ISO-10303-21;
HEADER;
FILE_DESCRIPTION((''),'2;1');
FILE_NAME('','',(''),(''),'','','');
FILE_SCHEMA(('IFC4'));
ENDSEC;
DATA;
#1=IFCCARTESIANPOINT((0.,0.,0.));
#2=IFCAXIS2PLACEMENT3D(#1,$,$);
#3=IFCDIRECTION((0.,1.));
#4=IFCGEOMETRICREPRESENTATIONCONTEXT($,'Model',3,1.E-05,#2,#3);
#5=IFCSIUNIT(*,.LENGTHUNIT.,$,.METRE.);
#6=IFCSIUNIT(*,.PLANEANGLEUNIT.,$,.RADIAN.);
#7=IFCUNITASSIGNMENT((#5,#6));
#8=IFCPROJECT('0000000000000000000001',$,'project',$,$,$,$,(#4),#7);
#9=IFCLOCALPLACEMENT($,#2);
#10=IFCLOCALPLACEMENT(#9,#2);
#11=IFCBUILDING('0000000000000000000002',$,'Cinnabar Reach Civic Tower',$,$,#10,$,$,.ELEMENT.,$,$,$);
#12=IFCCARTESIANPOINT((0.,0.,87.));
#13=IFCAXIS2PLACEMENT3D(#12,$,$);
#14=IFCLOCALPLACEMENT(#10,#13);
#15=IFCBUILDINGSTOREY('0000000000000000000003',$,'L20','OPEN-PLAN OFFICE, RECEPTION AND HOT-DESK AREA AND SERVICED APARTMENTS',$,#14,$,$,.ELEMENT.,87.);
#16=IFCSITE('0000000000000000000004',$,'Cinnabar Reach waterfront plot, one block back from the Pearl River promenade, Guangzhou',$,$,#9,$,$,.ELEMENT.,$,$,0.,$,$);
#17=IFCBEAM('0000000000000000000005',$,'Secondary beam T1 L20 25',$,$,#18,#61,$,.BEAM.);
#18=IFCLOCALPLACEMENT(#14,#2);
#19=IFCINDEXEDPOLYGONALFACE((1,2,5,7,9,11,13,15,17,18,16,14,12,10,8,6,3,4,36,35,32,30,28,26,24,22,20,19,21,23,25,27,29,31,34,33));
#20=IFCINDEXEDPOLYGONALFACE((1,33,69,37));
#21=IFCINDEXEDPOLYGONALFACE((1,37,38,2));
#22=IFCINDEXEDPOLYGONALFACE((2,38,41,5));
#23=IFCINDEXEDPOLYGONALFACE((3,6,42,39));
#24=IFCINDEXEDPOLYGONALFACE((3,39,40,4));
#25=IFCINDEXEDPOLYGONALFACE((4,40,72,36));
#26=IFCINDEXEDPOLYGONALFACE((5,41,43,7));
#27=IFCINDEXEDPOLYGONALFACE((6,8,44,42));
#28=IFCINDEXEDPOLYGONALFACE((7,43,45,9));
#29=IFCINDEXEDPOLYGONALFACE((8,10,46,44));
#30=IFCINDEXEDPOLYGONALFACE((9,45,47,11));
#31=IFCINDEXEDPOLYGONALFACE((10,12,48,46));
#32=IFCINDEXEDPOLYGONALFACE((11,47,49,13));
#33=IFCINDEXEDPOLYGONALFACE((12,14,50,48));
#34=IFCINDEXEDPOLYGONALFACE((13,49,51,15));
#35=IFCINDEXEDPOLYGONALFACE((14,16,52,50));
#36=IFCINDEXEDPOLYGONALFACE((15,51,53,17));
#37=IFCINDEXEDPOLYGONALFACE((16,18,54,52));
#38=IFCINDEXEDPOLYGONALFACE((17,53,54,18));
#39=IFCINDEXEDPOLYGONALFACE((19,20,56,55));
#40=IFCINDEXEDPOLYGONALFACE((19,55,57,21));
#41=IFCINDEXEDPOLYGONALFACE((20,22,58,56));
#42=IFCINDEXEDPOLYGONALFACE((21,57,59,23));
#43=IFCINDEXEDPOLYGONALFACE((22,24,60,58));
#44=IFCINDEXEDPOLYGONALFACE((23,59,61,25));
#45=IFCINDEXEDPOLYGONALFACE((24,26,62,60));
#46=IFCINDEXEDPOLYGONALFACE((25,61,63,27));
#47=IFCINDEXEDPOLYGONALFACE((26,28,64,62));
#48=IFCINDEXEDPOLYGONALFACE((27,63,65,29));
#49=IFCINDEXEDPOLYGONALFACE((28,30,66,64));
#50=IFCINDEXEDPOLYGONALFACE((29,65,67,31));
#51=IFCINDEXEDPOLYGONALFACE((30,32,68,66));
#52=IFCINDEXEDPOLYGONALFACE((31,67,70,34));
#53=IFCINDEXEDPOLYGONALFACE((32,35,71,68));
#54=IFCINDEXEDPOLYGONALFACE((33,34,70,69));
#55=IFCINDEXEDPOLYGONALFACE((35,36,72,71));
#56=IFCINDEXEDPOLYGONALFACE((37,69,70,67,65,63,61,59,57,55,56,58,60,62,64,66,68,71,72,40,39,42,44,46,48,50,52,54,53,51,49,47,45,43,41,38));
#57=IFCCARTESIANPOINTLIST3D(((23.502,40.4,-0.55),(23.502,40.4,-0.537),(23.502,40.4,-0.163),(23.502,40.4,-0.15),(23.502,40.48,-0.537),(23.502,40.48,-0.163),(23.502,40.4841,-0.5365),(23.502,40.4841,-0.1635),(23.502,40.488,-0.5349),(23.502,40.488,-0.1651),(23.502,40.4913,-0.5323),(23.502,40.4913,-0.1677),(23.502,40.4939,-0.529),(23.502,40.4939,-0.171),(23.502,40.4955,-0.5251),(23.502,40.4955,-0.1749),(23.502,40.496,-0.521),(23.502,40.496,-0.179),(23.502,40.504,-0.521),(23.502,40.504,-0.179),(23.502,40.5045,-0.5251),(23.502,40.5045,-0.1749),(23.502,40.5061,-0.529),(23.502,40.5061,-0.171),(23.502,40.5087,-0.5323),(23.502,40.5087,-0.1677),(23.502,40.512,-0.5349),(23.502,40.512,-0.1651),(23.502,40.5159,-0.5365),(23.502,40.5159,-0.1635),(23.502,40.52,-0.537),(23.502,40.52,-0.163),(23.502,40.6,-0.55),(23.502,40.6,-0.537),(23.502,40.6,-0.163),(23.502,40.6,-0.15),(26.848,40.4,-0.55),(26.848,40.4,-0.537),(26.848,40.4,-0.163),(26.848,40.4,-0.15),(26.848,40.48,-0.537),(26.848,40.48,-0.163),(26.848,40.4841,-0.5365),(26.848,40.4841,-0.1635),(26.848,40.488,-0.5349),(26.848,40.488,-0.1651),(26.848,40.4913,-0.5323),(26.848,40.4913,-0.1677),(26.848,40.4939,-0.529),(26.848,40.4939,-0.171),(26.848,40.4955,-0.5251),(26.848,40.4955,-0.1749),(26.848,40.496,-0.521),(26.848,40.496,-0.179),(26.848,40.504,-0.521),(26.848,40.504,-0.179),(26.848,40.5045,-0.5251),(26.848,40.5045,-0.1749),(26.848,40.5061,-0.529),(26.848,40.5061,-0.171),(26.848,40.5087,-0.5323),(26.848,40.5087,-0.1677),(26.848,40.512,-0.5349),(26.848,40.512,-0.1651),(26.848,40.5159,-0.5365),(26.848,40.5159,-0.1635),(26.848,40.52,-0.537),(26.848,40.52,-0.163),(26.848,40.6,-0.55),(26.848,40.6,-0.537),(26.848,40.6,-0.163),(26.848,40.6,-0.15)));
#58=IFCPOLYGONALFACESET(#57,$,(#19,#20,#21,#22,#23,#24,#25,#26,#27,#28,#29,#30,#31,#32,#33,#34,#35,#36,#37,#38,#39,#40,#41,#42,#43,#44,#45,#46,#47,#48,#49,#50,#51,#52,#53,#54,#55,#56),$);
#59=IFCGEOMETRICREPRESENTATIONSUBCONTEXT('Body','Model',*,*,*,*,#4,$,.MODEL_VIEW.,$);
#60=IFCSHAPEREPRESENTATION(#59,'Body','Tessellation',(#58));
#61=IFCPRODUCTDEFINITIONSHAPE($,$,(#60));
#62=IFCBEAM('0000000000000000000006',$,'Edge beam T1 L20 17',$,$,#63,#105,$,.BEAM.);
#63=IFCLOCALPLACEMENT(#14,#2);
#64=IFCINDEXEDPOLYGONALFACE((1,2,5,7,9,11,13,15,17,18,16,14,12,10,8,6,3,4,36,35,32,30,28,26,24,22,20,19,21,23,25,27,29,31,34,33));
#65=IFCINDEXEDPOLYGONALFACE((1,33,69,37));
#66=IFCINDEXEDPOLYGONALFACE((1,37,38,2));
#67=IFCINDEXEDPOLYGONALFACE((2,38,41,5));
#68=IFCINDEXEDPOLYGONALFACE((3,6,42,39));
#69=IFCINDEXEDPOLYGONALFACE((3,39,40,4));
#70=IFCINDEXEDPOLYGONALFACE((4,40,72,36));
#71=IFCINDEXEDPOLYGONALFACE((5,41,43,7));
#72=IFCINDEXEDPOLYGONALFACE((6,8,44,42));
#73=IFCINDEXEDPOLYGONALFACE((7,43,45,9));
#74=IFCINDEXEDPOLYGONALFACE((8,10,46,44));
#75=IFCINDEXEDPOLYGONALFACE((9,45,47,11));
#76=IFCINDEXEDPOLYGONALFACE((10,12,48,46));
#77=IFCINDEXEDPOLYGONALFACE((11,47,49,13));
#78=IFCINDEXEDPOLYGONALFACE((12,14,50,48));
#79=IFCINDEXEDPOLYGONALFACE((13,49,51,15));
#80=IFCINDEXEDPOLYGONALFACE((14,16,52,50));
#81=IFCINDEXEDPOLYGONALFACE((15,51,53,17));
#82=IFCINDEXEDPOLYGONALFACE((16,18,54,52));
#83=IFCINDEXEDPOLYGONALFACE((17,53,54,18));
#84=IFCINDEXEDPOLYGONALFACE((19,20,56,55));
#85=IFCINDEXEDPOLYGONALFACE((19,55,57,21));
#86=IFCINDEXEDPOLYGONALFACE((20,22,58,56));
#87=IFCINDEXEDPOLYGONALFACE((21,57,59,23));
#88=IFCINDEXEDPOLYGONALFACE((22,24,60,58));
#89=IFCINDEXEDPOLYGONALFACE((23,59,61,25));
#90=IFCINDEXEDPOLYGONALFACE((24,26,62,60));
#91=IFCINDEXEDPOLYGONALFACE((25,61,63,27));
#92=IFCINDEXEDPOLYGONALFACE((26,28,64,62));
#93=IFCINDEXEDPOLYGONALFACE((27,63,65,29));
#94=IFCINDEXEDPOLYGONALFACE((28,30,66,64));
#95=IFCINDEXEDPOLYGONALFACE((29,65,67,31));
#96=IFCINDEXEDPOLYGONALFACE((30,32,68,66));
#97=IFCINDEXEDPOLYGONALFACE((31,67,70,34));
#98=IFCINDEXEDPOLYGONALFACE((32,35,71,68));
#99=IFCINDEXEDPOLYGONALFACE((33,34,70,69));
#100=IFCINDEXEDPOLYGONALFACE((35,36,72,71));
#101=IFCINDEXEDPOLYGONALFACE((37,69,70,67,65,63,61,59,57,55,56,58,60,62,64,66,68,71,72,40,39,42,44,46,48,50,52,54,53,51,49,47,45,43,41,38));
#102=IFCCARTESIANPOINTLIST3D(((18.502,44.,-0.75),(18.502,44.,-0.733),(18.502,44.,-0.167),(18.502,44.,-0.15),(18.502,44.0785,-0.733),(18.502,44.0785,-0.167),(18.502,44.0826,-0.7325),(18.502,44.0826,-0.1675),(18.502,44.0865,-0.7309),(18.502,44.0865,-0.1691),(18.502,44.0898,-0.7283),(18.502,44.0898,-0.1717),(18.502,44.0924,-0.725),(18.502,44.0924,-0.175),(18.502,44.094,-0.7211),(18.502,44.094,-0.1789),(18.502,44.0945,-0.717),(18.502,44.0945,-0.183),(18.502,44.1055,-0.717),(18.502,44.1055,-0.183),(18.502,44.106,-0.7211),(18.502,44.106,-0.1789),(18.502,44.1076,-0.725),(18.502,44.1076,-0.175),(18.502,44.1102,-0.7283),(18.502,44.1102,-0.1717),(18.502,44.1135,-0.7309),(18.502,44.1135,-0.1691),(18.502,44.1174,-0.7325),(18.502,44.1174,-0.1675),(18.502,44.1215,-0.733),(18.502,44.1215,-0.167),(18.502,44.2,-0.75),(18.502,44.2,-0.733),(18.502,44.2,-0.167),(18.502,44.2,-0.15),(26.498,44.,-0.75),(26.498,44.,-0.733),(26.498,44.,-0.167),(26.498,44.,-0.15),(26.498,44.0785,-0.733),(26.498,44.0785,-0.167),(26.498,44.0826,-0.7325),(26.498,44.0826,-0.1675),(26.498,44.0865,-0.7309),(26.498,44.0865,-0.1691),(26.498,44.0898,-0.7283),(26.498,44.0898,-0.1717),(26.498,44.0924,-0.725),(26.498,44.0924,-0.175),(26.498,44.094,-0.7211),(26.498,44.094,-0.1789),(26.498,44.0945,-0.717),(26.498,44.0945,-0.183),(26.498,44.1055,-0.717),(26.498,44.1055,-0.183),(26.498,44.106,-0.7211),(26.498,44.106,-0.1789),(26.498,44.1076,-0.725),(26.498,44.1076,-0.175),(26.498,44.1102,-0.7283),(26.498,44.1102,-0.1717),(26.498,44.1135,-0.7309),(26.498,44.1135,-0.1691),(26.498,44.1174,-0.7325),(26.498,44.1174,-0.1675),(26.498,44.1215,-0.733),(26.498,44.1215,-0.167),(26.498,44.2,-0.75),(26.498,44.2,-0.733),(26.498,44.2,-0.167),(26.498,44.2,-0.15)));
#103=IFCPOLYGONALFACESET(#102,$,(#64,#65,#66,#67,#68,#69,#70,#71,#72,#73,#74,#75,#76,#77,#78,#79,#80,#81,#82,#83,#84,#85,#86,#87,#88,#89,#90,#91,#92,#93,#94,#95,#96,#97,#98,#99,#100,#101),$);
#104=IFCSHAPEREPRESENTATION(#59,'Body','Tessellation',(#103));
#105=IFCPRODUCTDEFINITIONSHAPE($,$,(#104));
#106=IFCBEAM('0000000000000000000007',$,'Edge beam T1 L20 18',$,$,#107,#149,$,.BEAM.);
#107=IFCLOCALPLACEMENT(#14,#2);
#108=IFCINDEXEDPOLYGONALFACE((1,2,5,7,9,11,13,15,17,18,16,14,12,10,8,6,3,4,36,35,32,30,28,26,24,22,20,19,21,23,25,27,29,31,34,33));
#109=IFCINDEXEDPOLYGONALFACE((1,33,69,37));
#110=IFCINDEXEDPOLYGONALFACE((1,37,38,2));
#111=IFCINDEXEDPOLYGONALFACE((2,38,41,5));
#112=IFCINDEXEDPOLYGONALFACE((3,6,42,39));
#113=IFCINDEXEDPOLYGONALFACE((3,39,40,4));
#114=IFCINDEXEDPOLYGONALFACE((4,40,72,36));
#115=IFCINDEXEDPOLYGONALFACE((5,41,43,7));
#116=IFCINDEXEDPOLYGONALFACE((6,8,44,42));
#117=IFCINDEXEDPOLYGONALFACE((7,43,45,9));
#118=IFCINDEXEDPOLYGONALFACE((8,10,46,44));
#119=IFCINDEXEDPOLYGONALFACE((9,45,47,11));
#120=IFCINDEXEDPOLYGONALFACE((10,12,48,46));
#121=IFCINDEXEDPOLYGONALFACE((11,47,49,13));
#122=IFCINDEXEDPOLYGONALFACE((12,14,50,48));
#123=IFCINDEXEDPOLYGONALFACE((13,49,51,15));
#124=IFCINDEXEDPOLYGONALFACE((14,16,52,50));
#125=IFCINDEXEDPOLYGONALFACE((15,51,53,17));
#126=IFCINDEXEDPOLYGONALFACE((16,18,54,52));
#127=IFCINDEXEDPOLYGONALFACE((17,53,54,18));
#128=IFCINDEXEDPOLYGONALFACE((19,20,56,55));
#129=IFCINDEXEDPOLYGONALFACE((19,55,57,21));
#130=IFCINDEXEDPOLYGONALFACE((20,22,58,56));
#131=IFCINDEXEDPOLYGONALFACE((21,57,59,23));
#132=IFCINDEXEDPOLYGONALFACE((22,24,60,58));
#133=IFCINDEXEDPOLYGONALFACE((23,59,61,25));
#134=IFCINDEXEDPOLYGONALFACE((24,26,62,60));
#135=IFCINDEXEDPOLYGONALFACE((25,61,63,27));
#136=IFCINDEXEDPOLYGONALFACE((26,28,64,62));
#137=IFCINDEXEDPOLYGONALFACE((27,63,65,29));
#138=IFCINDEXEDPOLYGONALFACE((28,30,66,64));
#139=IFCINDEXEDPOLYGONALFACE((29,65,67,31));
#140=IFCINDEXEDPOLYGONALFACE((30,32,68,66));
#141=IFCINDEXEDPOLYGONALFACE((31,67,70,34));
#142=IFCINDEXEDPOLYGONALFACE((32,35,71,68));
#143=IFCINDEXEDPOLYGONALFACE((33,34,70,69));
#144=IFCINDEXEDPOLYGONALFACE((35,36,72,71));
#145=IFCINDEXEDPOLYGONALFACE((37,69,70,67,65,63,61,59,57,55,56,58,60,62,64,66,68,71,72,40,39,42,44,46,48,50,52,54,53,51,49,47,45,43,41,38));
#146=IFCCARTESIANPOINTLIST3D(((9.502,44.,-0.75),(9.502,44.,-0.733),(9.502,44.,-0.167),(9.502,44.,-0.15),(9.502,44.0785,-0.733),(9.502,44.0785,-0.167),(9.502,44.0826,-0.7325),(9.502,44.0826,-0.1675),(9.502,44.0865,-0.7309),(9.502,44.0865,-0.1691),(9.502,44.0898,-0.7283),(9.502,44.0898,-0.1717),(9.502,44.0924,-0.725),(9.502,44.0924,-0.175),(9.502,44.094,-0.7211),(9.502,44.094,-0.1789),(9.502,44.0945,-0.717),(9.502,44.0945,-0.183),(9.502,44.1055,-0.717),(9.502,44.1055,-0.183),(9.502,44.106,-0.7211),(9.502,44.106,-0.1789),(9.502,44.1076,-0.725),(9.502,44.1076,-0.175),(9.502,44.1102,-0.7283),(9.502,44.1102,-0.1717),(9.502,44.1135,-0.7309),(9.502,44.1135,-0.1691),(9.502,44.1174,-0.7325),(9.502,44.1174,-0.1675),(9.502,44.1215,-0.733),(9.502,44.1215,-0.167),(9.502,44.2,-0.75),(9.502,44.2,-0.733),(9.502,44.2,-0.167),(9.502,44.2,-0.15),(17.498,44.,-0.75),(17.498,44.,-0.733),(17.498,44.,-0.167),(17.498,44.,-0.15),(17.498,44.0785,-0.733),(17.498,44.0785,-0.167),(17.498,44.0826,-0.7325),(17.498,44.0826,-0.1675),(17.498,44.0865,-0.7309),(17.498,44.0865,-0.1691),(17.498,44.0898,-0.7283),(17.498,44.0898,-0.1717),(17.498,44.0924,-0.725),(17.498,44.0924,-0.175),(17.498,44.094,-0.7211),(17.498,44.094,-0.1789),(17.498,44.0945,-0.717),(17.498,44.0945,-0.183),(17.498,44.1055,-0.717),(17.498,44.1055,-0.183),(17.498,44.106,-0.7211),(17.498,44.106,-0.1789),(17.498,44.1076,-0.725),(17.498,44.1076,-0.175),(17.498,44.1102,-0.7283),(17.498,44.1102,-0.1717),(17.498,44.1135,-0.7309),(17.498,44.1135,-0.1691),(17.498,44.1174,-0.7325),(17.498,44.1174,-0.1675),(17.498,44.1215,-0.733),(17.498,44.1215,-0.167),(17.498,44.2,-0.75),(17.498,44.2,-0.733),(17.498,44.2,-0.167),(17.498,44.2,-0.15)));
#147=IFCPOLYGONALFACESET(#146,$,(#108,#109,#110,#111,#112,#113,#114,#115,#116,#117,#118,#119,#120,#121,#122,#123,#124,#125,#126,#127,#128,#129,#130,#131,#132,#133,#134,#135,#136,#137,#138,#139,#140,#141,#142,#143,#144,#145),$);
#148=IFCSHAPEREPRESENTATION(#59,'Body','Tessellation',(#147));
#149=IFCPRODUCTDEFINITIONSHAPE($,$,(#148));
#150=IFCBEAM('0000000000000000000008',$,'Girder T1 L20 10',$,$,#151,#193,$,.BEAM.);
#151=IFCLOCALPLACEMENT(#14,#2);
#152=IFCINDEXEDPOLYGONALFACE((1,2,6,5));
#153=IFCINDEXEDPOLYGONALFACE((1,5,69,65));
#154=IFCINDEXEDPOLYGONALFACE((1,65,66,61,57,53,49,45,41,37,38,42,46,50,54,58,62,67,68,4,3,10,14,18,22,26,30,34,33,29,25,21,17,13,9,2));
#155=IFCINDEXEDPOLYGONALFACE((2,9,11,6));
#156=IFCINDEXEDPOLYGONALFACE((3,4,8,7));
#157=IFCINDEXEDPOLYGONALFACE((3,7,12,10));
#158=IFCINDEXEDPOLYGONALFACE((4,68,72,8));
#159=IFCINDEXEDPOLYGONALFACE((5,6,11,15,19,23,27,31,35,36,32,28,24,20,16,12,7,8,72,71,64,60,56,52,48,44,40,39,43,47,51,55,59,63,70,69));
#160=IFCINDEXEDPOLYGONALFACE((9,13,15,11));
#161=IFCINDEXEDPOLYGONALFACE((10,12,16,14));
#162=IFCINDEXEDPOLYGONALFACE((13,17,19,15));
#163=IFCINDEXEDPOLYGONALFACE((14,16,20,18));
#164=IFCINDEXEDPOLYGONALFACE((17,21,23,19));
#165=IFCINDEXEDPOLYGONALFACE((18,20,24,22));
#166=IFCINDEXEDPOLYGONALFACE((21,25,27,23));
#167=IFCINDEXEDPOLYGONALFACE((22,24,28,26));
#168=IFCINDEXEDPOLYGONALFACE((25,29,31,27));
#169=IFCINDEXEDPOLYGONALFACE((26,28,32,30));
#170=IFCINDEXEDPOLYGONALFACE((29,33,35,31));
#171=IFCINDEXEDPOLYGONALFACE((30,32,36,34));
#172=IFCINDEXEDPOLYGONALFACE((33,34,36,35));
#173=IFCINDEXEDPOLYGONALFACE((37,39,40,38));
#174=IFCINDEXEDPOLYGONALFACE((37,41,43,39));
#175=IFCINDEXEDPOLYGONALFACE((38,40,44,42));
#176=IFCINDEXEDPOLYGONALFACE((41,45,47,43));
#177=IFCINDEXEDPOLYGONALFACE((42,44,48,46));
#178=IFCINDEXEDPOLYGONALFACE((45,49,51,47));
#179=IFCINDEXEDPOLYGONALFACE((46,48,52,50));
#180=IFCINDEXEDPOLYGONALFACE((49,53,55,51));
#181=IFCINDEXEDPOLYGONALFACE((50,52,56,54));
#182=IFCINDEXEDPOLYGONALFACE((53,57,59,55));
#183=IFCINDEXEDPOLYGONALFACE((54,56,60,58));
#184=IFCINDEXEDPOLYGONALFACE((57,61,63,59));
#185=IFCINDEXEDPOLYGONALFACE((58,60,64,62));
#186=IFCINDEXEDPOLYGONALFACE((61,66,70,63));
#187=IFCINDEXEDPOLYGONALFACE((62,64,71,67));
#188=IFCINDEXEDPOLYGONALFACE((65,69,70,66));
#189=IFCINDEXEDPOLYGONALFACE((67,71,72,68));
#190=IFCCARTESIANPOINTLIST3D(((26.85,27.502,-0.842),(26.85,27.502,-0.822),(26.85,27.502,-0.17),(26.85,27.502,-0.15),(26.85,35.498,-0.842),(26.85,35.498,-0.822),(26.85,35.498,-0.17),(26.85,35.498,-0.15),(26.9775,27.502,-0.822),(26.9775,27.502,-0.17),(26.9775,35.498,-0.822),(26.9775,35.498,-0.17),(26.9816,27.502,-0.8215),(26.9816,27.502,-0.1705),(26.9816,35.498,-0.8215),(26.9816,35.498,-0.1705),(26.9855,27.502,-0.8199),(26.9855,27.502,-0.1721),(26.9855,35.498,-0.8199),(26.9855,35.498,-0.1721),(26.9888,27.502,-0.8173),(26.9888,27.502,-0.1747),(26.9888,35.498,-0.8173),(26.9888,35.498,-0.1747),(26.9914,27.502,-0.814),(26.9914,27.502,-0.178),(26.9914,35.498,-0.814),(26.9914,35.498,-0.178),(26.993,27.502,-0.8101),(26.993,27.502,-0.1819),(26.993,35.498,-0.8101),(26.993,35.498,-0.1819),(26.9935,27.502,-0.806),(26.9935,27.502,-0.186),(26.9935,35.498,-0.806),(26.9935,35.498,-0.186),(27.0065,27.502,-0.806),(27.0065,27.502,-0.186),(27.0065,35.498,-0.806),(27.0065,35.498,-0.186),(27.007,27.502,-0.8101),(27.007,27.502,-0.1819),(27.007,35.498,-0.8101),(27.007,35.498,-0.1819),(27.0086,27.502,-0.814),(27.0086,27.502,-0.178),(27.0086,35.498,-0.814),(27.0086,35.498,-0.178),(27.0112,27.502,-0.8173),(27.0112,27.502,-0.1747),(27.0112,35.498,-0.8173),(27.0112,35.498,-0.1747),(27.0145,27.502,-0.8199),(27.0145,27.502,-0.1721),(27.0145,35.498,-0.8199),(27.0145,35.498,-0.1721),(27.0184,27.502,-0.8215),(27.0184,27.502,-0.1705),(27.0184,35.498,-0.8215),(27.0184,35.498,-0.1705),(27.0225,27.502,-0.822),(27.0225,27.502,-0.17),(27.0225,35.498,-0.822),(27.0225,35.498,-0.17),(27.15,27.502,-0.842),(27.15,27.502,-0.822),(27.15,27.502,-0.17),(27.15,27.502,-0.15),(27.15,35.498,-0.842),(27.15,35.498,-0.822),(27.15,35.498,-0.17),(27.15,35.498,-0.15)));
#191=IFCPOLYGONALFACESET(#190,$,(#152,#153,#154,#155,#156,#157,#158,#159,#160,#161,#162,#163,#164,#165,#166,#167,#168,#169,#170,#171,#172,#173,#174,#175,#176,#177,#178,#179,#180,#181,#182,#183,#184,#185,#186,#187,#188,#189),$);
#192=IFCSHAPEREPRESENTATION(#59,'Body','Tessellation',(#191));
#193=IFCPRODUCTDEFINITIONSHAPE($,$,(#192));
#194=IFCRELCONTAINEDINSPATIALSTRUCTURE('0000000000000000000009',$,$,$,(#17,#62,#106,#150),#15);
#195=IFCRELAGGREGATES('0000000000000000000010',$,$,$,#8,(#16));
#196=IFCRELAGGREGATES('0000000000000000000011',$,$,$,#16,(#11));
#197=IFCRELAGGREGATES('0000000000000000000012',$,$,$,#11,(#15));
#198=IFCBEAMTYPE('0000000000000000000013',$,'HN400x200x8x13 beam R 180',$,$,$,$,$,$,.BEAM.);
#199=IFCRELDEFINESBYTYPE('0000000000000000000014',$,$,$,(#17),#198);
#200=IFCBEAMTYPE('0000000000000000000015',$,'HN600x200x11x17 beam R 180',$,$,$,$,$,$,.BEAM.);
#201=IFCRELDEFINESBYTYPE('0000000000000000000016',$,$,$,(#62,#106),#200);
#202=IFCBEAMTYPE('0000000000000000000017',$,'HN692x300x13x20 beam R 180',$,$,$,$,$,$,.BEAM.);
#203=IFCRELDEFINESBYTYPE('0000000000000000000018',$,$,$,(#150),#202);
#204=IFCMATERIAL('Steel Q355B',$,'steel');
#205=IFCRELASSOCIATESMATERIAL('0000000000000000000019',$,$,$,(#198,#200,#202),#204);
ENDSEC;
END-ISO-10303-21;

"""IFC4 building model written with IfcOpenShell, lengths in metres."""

from ifc_helpers import new_model, si_unit, direction, frame, origin, origin_2d, place, context, subcontext, project, spatial, i_section, extrude, material, material_profile, profile_set, type_object, element, save


model = new_model("IFC4")

# Units and contexts
model_context = context("Model", 3, precision=1e-05, world=origin(), true_north=direction((0.0, 1.0)))
body_context = subcontext(model_context, "Body", "Model", "MODEL_VIEW")
ifc_project = project(units=[si_unit("LENGTHUNIT", "METRE"), si_unit("PLANEANGLEUNIT", "RADIAN")], contexts=[model_context])

# Site, building, storey
site_placement = place(None, origin())
site = spatial("IfcSite", under=ifc_project, at=site_placement, Name="Cinnabar Reach waterfront plot, one block back from the Pearl River promenade, Guangzhou", CompositionType="ELEMENT", RefElevation=0.0)
building_placement = place(site_placement, origin())
building = spatial("IfcBuilding", under=site, at=building_placement, Name="Cinnabar Reach Civic Tower", CompositionType="ELEMENT")
storey_placement = place(building_placement, frame((0.0, 0.0, 87.0)))
storey = spatial("IfcBuildingStorey", under=building, at=storey_placement, Name="L20", Description="OPEN-PLAN OFFICE, RECEPTION AND HOT-DESK AREA AND SERVICED APARTMENTS", CompositionType="ELEMENT", Elevation=87.0)

# Beams
ifc_material_1 = material(Name="Steel Q355B", Category="steel")
ifc_material_profile_1 = material_profile(ifc_material_1, i_section(OverallWidth=0.2, OverallDepth=0.4, WebThickness=0.008, FlangeThickness=0.013, FilletRadius=0.016, at=origin_2d()), Name="HN400x200x8x13")
ifc_profile_set_1 = profile_set([ifc_material_profile_1], Name="Steel Q355B")
beam_type_1 = type_object("IfcBeamType", Name="HN400x200x8x13 beam R 180", PredefinedType="BEAM", material=ifc_profile_set_1)
for number, where, z_axis, x_axis, name in (
    (1, (23.502, 40.5, -0.35), (1.0, 0.0, 0.0), (0.0, 1.0, 0.0), "Secondary beam T1 L20 25"),
):
    element("IfcBeam", number, at=place(storey_placement, frame(where, z_axis=z_axis, x_axis=x_axis)), inside=storey, type_object=beam_type_1, Name=name, PredefinedType="BEAM", context=body_context, shape_type="SweptSolid", body=[
        extrude(i_section(OverallWidth=0.2, OverallDepth=0.4, WebThickness=0.008, FlangeThickness=0.013, FilletRadius=0.016, at=origin_2d()), origin(), (0.0, 0.0, 1.0), 3.346),
    ])
ifc_material_profile_2 = material_profile(ifc_material_1, i_section(OverallWidth=0.2, OverallDepth=0.6, WebThickness=0.011, FlangeThickness=0.017, FilletRadius=0.016, at=origin_2d()), Name="HN600x200x11x17")
ifc_profile_set_2 = profile_set([ifc_material_profile_2], Name="Steel Q355B")
beam_type_2 = type_object("IfcBeamType", Name="HN600x200x11x17 beam R 180", PredefinedType="BEAM", material=ifc_profile_set_2)
for number, where, z_axis, x_axis, name in (
    (2, (26.498, 44.1, -0.45), (-1.0, 0.0, 0.0), (0.0, -1.0, 0.0), "Edge beam T1 L20 17"),
    (3, (17.498, 44.1, -0.45), (-1.0, 0.0, 0.0), (0.0, -1.0, 0.0), "Edge beam T1 L20 18"),
):
    element("IfcBeam", number, at=place(storey_placement, frame(where, z_axis=z_axis, x_axis=x_axis)), inside=storey, type_object=beam_type_2, Name=name, PredefinedType="BEAM", context=body_context, shape_type="SweptSolid", body=[
        extrude(i_section(OverallWidth=0.2, OverallDepth=0.6, WebThickness=0.011, FlangeThickness=0.017, FilletRadius=0.016, at=origin_2d()), origin(), (0.0, 0.0, 1.0), 7.996),
    ])
ifc_material_profile_3 = material_profile(ifc_material_1, i_section(OverallWidth=0.3, OverallDepth=0.692, WebThickness=0.013, FlangeThickness=0.02, FilletRadius=0.016, at=origin_2d()), Name="HN692x300x13x20")
ifc_profile_set_3 = profile_set([ifc_material_profile_3], Name="Steel Q355B")
beam_type_3 = type_object("IfcBeamType", Name="HN692x300x13x20 beam R 180", PredefinedType="BEAM", material=ifc_profile_set_3)
beam_placement = place(storey_placement, frame((27.0, 27.502, -0.496), z_axis=(0.0, 1.0, 0.0), x_axis=(-1.0, 0.0, 0.0)))
element("IfcBeam", 4, at=beam_placement, inside=storey, type_object=beam_type_3, Name="Girder T1 L20 10", PredefinedType="BEAM", context=body_context, shape_type="SweptSolid", body=[
    extrude(i_section(OverallWidth=0.3, OverallDepth=0.692, WebThickness=0.013, FlangeThickness=0.02, FilletRadius=0.016, at=origin_2d()), origin(), (0.0, 0.0, 1.0), 7.996),
])

save(model, "model.ifc")
